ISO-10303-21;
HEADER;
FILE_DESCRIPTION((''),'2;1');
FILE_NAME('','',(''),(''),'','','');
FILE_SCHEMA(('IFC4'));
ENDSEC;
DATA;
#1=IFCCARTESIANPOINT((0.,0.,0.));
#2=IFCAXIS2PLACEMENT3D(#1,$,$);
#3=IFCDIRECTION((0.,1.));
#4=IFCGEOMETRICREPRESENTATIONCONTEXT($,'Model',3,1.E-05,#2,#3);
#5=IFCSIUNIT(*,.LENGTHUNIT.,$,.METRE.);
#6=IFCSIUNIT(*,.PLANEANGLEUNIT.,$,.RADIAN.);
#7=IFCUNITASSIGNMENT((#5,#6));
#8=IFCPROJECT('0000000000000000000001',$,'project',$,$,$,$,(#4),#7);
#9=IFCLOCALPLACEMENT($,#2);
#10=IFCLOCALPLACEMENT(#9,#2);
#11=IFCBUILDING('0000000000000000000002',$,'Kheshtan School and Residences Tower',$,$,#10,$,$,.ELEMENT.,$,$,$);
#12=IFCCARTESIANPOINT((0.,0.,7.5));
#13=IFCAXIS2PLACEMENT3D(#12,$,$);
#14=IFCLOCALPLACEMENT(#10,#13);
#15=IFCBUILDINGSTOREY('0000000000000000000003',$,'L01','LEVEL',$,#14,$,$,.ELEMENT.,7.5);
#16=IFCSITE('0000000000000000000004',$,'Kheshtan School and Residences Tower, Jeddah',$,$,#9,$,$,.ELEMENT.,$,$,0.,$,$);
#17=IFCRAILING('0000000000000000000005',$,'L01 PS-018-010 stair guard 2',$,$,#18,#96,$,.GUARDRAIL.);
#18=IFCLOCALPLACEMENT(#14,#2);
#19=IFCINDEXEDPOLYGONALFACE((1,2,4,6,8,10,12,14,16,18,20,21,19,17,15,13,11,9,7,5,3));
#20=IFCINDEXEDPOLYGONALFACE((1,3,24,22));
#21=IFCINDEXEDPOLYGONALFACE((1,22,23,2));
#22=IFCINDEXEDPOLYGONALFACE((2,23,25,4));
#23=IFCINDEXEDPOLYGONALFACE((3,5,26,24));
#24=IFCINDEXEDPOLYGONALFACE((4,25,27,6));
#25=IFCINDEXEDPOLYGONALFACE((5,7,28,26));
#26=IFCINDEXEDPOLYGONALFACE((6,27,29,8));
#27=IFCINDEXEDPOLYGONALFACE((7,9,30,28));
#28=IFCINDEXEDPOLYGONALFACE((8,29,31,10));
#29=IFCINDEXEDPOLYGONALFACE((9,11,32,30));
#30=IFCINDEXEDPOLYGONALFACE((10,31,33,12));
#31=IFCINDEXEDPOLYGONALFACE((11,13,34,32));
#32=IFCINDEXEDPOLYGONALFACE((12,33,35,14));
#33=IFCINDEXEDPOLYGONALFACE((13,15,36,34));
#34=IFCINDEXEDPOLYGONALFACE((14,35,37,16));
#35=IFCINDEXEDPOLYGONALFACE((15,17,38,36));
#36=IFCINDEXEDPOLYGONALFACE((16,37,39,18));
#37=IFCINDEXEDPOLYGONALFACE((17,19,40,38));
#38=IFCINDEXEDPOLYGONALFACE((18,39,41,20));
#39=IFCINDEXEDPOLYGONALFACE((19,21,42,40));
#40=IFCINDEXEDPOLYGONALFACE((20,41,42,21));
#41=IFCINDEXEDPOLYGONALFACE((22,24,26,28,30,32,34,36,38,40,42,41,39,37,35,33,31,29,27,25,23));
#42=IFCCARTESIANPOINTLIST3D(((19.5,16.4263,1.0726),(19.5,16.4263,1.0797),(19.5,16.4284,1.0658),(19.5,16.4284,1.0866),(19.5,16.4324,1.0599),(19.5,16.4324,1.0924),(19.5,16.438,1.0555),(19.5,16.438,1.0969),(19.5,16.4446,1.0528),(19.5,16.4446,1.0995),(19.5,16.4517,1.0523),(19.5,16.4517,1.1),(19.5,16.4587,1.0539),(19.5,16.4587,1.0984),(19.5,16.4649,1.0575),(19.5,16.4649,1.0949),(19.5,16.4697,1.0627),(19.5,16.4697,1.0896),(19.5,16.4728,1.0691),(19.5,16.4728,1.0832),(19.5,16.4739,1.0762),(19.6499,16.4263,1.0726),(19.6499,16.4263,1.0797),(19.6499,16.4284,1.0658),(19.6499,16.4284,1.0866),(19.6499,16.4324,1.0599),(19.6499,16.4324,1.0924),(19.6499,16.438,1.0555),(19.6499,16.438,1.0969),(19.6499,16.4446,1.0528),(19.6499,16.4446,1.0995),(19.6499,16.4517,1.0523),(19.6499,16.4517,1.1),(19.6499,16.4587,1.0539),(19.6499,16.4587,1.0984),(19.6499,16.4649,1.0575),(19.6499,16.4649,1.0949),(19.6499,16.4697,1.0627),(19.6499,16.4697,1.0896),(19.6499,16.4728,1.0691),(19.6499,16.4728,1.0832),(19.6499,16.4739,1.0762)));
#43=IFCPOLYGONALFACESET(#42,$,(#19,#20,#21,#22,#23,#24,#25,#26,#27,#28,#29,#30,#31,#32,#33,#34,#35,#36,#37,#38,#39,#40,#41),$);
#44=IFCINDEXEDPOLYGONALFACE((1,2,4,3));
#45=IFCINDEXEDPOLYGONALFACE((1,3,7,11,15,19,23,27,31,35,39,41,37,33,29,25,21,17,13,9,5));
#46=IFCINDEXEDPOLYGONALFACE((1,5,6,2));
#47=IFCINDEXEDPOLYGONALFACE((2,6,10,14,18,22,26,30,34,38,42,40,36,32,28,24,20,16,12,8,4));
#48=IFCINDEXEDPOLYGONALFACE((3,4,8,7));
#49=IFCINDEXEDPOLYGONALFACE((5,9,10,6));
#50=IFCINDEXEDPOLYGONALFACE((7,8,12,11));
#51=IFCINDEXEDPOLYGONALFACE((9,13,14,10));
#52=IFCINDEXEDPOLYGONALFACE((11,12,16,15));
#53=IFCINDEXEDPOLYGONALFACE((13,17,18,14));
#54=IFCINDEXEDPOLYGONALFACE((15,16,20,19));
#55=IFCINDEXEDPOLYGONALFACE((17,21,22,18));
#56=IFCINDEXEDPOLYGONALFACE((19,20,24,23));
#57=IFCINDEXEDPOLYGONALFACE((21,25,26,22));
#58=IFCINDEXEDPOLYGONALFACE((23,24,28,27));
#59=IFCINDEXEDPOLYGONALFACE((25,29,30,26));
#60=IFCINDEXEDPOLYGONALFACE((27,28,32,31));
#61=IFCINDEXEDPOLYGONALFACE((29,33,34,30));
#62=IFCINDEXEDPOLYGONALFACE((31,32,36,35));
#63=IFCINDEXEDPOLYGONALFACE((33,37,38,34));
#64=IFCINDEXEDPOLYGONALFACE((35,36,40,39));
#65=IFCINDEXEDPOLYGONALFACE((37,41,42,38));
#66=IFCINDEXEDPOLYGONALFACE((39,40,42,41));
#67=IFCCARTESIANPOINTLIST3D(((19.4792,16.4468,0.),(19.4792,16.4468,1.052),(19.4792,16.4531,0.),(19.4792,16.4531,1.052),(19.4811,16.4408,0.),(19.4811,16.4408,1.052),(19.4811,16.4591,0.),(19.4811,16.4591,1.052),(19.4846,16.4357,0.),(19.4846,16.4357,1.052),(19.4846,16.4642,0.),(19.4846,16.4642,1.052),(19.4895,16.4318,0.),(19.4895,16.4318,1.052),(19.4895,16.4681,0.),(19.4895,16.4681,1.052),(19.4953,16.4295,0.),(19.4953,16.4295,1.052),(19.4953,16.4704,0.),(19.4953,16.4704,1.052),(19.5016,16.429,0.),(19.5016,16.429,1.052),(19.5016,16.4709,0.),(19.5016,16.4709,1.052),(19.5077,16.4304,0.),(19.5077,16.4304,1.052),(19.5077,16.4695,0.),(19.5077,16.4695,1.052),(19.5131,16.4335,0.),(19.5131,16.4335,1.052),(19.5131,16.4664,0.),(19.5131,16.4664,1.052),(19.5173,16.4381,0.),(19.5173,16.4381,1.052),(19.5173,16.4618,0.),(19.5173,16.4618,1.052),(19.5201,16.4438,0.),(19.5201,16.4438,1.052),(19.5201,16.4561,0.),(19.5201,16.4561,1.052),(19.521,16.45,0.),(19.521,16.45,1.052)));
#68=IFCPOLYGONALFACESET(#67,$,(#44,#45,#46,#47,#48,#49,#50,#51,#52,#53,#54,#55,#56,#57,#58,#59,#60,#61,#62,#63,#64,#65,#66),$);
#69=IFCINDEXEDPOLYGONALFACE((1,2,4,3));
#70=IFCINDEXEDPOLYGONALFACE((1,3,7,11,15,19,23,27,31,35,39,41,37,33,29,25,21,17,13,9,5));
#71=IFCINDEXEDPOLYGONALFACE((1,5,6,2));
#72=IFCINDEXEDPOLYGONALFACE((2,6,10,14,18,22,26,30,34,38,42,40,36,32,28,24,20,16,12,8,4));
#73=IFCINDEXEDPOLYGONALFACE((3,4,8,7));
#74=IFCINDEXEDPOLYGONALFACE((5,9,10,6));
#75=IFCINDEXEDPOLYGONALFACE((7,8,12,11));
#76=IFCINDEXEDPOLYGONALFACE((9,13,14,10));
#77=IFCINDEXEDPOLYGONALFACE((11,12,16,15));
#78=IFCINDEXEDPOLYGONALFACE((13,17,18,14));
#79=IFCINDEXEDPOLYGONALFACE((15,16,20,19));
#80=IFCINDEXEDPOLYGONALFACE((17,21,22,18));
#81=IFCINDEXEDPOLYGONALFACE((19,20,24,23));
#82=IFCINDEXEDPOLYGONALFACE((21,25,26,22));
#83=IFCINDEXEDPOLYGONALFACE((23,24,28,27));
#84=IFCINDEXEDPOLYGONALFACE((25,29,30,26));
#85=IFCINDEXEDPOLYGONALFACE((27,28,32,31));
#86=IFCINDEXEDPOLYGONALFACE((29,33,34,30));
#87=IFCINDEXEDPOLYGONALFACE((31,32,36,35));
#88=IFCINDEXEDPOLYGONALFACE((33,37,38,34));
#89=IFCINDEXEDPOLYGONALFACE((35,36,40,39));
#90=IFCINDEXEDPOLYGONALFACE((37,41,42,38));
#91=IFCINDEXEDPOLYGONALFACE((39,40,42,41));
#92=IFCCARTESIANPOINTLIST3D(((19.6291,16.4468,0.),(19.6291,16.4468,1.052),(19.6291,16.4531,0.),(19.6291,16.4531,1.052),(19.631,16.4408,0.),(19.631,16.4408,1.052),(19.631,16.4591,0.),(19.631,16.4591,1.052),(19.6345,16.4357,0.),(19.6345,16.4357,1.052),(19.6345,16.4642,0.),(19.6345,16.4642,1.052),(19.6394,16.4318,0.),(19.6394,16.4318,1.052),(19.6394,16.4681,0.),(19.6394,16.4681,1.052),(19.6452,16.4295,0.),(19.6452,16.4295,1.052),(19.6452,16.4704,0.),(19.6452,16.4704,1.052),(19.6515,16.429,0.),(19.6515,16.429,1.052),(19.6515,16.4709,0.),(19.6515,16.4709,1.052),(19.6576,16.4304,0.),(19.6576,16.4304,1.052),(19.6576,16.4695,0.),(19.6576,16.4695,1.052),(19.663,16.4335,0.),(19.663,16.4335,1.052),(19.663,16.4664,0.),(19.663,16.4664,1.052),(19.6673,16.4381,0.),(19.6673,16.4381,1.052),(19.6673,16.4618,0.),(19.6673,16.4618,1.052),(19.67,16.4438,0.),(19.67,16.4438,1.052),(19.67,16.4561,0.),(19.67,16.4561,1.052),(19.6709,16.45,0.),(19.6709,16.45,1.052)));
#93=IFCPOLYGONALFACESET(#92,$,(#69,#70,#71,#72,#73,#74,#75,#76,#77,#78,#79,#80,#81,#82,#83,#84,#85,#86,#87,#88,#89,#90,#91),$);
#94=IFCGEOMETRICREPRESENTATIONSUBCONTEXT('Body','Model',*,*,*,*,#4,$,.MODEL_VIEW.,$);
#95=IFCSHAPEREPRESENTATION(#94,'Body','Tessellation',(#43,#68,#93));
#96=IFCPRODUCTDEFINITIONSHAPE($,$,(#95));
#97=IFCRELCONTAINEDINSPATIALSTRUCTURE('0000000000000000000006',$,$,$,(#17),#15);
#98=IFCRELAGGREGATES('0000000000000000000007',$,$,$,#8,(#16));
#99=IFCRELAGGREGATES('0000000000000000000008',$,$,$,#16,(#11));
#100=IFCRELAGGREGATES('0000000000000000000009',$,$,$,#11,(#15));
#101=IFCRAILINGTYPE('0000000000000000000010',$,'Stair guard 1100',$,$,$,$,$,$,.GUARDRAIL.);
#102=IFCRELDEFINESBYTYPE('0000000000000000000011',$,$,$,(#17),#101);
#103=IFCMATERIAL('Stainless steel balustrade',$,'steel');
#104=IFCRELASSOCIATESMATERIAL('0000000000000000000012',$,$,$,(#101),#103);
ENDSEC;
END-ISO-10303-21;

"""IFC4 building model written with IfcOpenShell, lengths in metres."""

from ifc_helpers import new_model, si_unit, direction, frame, origin, origin_2d, place, context, subcontext, project, spatial, circle, extrude, material, type_object, element, save


model = new_model("IFC4")

# Units and contexts
model_context = context("Model", 3, precision=1e-05, world=origin(), true_north=direction((0.0, 1.0)))
body_context = subcontext(model_context, "Body", "Model", "MODEL_VIEW")
ifc_project = project(units=[si_unit("LENGTHUNIT", "METRE"), si_unit("PLANEANGLEUNIT", "RADIAN")], contexts=[model_context])

# Site, building, storey
site_placement = place(None, origin())
site = spatial("IfcSite", under=ifc_project, at=site_placement, Name="Kheshtan School and Residences Tower, Jeddah", CompositionType="ELEMENT", RefElevation=0.0)
building_placement = place(site_placement, origin())
building = spatial("IfcBuilding", under=site, at=building_placement, Name="Kheshtan School and Residences Tower", CompositionType="ELEMENT")
storey_placement = place(building_placement, frame((0.0, 0.0, 7.5)))
storey = spatial("IfcBuildingStorey", under=building, at=storey_placement, Name="L01", Description="LEVEL", CompositionType="ELEMENT", Elevation=7.5)

# Railing
ifc_material_1 = material(Name="Stainless steel balustrade", Category="steel")
railing_type_1 = type_object("IfcRailingType", Name="Stair guard 1100", PredefinedType="GUARDRAIL", material=ifc_material_1)
railing_1_placement = place(storey_placement, frame((19.5, 16.45, 0.0)))
element("IfcRailing", 1, at=railing_1_placement, inside=storey, type_object=railing_type_1, Name="L01 PS-018-010 stair guard 2", PredefinedType="GUARDRAIL", context=body_context, shape_type="SweptSolid", body=[
    extrude(circle(Radius=0.0239, at=origin_2d()), frame((0.0, 0.0, 1.0762), z_axis=(1.0, 0.0, 0.0), x_axis=(0.0, 1.0, 0.0)), (0.0, 0.0, 1.0), 0.1499),
    extrude(circle(Radius=0.021, at=origin_2d()), origin(), (0.0, 0.0, 1.0), 1.052),
    extrude(circle(Radius=0.021, at=origin_2d()), frame((0.1499, 0.0, 0.0)), (0.0, 0.0, 1.0), 1.052),
])

save(model, "model.ifc")
